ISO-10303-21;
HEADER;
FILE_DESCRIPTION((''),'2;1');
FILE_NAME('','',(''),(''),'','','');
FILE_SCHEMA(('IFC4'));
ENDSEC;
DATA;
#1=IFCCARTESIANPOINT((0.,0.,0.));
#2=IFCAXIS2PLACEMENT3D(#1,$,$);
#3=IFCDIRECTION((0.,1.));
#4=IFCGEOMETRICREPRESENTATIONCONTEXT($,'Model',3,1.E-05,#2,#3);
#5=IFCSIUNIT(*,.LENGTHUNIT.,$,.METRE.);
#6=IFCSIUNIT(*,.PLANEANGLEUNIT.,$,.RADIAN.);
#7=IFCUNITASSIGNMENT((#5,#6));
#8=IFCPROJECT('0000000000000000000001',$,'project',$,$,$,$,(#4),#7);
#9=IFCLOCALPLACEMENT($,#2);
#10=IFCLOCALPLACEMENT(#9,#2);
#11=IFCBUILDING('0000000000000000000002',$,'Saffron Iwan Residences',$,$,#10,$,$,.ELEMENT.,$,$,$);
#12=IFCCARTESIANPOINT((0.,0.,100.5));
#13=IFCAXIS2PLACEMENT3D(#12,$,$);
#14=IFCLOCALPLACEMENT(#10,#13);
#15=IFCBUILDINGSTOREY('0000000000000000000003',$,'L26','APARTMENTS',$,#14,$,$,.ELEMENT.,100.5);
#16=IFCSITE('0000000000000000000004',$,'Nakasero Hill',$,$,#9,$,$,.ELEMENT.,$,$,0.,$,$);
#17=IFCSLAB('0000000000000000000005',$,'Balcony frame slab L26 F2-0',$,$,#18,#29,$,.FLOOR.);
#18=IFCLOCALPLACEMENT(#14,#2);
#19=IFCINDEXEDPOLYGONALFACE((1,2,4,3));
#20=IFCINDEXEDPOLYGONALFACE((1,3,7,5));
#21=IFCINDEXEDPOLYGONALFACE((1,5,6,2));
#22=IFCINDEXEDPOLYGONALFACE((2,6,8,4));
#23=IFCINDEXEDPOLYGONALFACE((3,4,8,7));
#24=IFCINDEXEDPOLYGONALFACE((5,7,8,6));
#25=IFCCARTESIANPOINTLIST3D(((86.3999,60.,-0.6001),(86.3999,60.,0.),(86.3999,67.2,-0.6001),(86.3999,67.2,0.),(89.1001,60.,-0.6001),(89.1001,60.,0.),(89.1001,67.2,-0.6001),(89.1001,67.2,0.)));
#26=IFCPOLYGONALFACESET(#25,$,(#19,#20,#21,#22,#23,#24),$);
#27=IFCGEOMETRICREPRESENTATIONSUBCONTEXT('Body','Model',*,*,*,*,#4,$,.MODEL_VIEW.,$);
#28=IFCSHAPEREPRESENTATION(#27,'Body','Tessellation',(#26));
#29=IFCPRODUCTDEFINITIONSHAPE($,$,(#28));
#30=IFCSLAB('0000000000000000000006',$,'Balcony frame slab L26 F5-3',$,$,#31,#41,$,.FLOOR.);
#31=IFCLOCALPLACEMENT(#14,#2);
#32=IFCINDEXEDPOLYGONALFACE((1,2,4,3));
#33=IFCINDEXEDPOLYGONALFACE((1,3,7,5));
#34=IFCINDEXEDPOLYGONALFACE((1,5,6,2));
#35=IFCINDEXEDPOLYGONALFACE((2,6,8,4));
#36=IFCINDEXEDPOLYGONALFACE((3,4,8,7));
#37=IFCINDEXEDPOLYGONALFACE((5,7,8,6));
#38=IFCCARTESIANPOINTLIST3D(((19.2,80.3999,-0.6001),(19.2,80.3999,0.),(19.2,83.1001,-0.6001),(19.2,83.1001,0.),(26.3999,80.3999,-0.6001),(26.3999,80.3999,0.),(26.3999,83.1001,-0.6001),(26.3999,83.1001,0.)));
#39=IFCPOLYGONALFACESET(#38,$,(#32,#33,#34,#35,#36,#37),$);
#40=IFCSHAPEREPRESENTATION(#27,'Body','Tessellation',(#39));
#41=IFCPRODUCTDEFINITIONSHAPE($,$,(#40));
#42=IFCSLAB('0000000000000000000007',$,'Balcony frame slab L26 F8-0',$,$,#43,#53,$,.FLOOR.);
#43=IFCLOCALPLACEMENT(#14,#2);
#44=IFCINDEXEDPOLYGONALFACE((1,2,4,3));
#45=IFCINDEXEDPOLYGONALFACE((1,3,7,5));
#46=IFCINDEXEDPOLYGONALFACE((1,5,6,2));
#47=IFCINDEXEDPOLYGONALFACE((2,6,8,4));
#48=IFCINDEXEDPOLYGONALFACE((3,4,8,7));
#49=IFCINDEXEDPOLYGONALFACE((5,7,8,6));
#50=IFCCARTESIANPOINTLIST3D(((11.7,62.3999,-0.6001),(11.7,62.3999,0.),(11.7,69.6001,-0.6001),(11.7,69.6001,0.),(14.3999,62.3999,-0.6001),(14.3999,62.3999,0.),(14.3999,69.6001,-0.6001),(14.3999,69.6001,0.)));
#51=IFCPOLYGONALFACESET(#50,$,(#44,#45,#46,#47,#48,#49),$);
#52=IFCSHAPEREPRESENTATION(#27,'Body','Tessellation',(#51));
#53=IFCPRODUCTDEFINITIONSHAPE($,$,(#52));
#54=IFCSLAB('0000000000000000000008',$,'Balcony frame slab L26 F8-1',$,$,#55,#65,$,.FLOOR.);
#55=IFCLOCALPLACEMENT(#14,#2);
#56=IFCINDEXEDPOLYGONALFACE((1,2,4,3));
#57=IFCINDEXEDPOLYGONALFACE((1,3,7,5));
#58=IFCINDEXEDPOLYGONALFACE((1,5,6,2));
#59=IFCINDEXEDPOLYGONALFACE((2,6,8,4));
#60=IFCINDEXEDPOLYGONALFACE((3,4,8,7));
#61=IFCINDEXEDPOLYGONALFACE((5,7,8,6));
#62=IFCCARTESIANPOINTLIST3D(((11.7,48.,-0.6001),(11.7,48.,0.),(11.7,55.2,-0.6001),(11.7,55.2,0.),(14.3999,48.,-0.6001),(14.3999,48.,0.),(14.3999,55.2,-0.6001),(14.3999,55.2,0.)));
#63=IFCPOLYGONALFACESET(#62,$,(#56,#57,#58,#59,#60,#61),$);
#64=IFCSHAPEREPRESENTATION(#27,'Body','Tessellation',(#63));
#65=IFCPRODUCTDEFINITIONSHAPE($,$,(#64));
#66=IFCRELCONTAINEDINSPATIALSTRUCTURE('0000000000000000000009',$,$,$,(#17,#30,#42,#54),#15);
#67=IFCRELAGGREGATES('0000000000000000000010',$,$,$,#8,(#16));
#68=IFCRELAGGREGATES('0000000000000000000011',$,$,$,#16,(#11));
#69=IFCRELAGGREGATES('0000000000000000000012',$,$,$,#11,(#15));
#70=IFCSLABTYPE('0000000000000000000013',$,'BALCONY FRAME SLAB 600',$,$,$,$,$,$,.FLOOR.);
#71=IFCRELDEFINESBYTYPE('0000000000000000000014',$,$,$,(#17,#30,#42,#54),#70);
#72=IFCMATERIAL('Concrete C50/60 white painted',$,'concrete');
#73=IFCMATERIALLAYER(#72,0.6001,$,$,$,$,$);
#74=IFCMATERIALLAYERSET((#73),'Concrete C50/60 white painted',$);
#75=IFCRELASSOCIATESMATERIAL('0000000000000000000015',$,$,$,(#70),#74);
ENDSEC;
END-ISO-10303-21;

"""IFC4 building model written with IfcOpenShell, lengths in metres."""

from ifc_helpers import new_model, si_unit, direction, frame, origin, place, context, subcontext, project, spatial, polyline, outline, extrude, material, layer, layer_set, type_object, element, save


model = new_model("IFC4")

# Units and contexts
model_context = context("Model", 3, precision=1e-05, world=origin(), true_north=direction((0.0, 1.0)))
body_context = subcontext(model_context, "Body", "Model", "MODEL_VIEW")
ifc_project = project(units=[si_unit("LENGTHUNIT", "METRE"), si_unit("PLANEANGLEUNIT", "RADIAN")], contexts=[model_context])

# Site, building, storey
site_placement = place(None, origin())
site = spatial("IfcSite", under=ifc_project, at=site_placement, Name="Nakasero Hill", CompositionType="ELEMENT", RefElevation=0.0)
building_placement = place(site_placement, origin())
building = spatial("IfcBuilding", under=site, at=building_placement, Name="Saffron Iwan Residences", CompositionType="ELEMENT")
storey_placement = place(building_placement, frame((0.0, 0.0, 100.5)))
storey = spatial("IfcBuildingStorey", under=building, at=storey_placement, Name="L26", Description="APARTMENTS", CompositionType="ELEMENT", Elevation=100.5)

# Slabs
ifc_material_1 = material(Name="Concrete C50/60 white painted", Category="concrete")
ifc_layer_1 = layer(ifc_material_1, 0.6001)
ifc_layer_set_1 = layer_set([ifc_layer_1], Name="Concrete C50/60 white painted")
slab_type_1 = type_object("IfcSlabType", Name="BALCONY FRAME SLAB 600", PredefinedType="FLOOR", material=ifc_layer_set_1)
slab_1_placement = place(storey_placement, frame((0.0, 0.0, -0.6001)))
element("IfcSlab", 1, at=slab_1_placement, inside=storey, type_object=slab_type_1, Name="Balcony frame slab L26 F2-0", PredefinedType="FLOOR", context=body_context, shape_type="SweptSolid", body=[
    extrude(outline(polyline([(89.1001, 60.0), (89.1001, 67.2), (86.3999, 67.2), (86.3999, 60.0), (89.1001, 60.0)])), origin(), (0.0, 0.0, 1.0), 0.6001),
])
slab_2_placement = place(storey_placement, frame((0.0, 0.0, -0.6001)))
element("IfcSlab", 2, at=slab_2_placement, inside=storey, type_object=slab_type_1, Name="Balcony frame slab L26 F5-3", PredefinedType="FLOOR", context=body_context, shape_type="SweptSolid", body=[
    extrude(outline(polyline([(26.3999, 83.1001), (19.2, 83.1001), (19.2, 80.3999), (26.3999, 80.3999), (26.3999, 83.1001)])), origin(), (0.0, 0.0, 1.0), 0.6001),
])
slab_3_placement = place(storey_placement, frame((0.0, 0.0, -0.6001)))
element("IfcSlab", 3, at=slab_3_placement, inside=storey, type_object=slab_type_1, Name="Balcony frame slab L26 F8-0", PredefinedType="FLOOR", context=body_context, shape_type="SweptSolid", body=[
    extrude(outline(polyline([(11.7, 69.6001), (11.7, 62.3999), (14.3999, 62.3999), (14.3999, 69.6001), (11.7, 69.6001)])), origin(), (0.0, 0.0, 1.0), 0.6001),
])
slab_4_placement = place(storey_placement, frame((0.0, 0.0, -0.6001)))
element("IfcSlab", 4, at=slab_4_placement, inside=storey, type_object=slab_type_1, Name="Balcony frame slab L26 F8-1", PredefinedType="FLOOR", context=body_context, shape_type="SweptSolid", body=[
    extrude(outline(polyline([(11.7, 55.2), (11.7, 48.0), (14.3999, 48.0), (14.3999, 55.2), (11.7, 55.2)])), origin(), (0.0, 0.0, 1.0), 0.6001),
])

save(model, "model.ifc")
